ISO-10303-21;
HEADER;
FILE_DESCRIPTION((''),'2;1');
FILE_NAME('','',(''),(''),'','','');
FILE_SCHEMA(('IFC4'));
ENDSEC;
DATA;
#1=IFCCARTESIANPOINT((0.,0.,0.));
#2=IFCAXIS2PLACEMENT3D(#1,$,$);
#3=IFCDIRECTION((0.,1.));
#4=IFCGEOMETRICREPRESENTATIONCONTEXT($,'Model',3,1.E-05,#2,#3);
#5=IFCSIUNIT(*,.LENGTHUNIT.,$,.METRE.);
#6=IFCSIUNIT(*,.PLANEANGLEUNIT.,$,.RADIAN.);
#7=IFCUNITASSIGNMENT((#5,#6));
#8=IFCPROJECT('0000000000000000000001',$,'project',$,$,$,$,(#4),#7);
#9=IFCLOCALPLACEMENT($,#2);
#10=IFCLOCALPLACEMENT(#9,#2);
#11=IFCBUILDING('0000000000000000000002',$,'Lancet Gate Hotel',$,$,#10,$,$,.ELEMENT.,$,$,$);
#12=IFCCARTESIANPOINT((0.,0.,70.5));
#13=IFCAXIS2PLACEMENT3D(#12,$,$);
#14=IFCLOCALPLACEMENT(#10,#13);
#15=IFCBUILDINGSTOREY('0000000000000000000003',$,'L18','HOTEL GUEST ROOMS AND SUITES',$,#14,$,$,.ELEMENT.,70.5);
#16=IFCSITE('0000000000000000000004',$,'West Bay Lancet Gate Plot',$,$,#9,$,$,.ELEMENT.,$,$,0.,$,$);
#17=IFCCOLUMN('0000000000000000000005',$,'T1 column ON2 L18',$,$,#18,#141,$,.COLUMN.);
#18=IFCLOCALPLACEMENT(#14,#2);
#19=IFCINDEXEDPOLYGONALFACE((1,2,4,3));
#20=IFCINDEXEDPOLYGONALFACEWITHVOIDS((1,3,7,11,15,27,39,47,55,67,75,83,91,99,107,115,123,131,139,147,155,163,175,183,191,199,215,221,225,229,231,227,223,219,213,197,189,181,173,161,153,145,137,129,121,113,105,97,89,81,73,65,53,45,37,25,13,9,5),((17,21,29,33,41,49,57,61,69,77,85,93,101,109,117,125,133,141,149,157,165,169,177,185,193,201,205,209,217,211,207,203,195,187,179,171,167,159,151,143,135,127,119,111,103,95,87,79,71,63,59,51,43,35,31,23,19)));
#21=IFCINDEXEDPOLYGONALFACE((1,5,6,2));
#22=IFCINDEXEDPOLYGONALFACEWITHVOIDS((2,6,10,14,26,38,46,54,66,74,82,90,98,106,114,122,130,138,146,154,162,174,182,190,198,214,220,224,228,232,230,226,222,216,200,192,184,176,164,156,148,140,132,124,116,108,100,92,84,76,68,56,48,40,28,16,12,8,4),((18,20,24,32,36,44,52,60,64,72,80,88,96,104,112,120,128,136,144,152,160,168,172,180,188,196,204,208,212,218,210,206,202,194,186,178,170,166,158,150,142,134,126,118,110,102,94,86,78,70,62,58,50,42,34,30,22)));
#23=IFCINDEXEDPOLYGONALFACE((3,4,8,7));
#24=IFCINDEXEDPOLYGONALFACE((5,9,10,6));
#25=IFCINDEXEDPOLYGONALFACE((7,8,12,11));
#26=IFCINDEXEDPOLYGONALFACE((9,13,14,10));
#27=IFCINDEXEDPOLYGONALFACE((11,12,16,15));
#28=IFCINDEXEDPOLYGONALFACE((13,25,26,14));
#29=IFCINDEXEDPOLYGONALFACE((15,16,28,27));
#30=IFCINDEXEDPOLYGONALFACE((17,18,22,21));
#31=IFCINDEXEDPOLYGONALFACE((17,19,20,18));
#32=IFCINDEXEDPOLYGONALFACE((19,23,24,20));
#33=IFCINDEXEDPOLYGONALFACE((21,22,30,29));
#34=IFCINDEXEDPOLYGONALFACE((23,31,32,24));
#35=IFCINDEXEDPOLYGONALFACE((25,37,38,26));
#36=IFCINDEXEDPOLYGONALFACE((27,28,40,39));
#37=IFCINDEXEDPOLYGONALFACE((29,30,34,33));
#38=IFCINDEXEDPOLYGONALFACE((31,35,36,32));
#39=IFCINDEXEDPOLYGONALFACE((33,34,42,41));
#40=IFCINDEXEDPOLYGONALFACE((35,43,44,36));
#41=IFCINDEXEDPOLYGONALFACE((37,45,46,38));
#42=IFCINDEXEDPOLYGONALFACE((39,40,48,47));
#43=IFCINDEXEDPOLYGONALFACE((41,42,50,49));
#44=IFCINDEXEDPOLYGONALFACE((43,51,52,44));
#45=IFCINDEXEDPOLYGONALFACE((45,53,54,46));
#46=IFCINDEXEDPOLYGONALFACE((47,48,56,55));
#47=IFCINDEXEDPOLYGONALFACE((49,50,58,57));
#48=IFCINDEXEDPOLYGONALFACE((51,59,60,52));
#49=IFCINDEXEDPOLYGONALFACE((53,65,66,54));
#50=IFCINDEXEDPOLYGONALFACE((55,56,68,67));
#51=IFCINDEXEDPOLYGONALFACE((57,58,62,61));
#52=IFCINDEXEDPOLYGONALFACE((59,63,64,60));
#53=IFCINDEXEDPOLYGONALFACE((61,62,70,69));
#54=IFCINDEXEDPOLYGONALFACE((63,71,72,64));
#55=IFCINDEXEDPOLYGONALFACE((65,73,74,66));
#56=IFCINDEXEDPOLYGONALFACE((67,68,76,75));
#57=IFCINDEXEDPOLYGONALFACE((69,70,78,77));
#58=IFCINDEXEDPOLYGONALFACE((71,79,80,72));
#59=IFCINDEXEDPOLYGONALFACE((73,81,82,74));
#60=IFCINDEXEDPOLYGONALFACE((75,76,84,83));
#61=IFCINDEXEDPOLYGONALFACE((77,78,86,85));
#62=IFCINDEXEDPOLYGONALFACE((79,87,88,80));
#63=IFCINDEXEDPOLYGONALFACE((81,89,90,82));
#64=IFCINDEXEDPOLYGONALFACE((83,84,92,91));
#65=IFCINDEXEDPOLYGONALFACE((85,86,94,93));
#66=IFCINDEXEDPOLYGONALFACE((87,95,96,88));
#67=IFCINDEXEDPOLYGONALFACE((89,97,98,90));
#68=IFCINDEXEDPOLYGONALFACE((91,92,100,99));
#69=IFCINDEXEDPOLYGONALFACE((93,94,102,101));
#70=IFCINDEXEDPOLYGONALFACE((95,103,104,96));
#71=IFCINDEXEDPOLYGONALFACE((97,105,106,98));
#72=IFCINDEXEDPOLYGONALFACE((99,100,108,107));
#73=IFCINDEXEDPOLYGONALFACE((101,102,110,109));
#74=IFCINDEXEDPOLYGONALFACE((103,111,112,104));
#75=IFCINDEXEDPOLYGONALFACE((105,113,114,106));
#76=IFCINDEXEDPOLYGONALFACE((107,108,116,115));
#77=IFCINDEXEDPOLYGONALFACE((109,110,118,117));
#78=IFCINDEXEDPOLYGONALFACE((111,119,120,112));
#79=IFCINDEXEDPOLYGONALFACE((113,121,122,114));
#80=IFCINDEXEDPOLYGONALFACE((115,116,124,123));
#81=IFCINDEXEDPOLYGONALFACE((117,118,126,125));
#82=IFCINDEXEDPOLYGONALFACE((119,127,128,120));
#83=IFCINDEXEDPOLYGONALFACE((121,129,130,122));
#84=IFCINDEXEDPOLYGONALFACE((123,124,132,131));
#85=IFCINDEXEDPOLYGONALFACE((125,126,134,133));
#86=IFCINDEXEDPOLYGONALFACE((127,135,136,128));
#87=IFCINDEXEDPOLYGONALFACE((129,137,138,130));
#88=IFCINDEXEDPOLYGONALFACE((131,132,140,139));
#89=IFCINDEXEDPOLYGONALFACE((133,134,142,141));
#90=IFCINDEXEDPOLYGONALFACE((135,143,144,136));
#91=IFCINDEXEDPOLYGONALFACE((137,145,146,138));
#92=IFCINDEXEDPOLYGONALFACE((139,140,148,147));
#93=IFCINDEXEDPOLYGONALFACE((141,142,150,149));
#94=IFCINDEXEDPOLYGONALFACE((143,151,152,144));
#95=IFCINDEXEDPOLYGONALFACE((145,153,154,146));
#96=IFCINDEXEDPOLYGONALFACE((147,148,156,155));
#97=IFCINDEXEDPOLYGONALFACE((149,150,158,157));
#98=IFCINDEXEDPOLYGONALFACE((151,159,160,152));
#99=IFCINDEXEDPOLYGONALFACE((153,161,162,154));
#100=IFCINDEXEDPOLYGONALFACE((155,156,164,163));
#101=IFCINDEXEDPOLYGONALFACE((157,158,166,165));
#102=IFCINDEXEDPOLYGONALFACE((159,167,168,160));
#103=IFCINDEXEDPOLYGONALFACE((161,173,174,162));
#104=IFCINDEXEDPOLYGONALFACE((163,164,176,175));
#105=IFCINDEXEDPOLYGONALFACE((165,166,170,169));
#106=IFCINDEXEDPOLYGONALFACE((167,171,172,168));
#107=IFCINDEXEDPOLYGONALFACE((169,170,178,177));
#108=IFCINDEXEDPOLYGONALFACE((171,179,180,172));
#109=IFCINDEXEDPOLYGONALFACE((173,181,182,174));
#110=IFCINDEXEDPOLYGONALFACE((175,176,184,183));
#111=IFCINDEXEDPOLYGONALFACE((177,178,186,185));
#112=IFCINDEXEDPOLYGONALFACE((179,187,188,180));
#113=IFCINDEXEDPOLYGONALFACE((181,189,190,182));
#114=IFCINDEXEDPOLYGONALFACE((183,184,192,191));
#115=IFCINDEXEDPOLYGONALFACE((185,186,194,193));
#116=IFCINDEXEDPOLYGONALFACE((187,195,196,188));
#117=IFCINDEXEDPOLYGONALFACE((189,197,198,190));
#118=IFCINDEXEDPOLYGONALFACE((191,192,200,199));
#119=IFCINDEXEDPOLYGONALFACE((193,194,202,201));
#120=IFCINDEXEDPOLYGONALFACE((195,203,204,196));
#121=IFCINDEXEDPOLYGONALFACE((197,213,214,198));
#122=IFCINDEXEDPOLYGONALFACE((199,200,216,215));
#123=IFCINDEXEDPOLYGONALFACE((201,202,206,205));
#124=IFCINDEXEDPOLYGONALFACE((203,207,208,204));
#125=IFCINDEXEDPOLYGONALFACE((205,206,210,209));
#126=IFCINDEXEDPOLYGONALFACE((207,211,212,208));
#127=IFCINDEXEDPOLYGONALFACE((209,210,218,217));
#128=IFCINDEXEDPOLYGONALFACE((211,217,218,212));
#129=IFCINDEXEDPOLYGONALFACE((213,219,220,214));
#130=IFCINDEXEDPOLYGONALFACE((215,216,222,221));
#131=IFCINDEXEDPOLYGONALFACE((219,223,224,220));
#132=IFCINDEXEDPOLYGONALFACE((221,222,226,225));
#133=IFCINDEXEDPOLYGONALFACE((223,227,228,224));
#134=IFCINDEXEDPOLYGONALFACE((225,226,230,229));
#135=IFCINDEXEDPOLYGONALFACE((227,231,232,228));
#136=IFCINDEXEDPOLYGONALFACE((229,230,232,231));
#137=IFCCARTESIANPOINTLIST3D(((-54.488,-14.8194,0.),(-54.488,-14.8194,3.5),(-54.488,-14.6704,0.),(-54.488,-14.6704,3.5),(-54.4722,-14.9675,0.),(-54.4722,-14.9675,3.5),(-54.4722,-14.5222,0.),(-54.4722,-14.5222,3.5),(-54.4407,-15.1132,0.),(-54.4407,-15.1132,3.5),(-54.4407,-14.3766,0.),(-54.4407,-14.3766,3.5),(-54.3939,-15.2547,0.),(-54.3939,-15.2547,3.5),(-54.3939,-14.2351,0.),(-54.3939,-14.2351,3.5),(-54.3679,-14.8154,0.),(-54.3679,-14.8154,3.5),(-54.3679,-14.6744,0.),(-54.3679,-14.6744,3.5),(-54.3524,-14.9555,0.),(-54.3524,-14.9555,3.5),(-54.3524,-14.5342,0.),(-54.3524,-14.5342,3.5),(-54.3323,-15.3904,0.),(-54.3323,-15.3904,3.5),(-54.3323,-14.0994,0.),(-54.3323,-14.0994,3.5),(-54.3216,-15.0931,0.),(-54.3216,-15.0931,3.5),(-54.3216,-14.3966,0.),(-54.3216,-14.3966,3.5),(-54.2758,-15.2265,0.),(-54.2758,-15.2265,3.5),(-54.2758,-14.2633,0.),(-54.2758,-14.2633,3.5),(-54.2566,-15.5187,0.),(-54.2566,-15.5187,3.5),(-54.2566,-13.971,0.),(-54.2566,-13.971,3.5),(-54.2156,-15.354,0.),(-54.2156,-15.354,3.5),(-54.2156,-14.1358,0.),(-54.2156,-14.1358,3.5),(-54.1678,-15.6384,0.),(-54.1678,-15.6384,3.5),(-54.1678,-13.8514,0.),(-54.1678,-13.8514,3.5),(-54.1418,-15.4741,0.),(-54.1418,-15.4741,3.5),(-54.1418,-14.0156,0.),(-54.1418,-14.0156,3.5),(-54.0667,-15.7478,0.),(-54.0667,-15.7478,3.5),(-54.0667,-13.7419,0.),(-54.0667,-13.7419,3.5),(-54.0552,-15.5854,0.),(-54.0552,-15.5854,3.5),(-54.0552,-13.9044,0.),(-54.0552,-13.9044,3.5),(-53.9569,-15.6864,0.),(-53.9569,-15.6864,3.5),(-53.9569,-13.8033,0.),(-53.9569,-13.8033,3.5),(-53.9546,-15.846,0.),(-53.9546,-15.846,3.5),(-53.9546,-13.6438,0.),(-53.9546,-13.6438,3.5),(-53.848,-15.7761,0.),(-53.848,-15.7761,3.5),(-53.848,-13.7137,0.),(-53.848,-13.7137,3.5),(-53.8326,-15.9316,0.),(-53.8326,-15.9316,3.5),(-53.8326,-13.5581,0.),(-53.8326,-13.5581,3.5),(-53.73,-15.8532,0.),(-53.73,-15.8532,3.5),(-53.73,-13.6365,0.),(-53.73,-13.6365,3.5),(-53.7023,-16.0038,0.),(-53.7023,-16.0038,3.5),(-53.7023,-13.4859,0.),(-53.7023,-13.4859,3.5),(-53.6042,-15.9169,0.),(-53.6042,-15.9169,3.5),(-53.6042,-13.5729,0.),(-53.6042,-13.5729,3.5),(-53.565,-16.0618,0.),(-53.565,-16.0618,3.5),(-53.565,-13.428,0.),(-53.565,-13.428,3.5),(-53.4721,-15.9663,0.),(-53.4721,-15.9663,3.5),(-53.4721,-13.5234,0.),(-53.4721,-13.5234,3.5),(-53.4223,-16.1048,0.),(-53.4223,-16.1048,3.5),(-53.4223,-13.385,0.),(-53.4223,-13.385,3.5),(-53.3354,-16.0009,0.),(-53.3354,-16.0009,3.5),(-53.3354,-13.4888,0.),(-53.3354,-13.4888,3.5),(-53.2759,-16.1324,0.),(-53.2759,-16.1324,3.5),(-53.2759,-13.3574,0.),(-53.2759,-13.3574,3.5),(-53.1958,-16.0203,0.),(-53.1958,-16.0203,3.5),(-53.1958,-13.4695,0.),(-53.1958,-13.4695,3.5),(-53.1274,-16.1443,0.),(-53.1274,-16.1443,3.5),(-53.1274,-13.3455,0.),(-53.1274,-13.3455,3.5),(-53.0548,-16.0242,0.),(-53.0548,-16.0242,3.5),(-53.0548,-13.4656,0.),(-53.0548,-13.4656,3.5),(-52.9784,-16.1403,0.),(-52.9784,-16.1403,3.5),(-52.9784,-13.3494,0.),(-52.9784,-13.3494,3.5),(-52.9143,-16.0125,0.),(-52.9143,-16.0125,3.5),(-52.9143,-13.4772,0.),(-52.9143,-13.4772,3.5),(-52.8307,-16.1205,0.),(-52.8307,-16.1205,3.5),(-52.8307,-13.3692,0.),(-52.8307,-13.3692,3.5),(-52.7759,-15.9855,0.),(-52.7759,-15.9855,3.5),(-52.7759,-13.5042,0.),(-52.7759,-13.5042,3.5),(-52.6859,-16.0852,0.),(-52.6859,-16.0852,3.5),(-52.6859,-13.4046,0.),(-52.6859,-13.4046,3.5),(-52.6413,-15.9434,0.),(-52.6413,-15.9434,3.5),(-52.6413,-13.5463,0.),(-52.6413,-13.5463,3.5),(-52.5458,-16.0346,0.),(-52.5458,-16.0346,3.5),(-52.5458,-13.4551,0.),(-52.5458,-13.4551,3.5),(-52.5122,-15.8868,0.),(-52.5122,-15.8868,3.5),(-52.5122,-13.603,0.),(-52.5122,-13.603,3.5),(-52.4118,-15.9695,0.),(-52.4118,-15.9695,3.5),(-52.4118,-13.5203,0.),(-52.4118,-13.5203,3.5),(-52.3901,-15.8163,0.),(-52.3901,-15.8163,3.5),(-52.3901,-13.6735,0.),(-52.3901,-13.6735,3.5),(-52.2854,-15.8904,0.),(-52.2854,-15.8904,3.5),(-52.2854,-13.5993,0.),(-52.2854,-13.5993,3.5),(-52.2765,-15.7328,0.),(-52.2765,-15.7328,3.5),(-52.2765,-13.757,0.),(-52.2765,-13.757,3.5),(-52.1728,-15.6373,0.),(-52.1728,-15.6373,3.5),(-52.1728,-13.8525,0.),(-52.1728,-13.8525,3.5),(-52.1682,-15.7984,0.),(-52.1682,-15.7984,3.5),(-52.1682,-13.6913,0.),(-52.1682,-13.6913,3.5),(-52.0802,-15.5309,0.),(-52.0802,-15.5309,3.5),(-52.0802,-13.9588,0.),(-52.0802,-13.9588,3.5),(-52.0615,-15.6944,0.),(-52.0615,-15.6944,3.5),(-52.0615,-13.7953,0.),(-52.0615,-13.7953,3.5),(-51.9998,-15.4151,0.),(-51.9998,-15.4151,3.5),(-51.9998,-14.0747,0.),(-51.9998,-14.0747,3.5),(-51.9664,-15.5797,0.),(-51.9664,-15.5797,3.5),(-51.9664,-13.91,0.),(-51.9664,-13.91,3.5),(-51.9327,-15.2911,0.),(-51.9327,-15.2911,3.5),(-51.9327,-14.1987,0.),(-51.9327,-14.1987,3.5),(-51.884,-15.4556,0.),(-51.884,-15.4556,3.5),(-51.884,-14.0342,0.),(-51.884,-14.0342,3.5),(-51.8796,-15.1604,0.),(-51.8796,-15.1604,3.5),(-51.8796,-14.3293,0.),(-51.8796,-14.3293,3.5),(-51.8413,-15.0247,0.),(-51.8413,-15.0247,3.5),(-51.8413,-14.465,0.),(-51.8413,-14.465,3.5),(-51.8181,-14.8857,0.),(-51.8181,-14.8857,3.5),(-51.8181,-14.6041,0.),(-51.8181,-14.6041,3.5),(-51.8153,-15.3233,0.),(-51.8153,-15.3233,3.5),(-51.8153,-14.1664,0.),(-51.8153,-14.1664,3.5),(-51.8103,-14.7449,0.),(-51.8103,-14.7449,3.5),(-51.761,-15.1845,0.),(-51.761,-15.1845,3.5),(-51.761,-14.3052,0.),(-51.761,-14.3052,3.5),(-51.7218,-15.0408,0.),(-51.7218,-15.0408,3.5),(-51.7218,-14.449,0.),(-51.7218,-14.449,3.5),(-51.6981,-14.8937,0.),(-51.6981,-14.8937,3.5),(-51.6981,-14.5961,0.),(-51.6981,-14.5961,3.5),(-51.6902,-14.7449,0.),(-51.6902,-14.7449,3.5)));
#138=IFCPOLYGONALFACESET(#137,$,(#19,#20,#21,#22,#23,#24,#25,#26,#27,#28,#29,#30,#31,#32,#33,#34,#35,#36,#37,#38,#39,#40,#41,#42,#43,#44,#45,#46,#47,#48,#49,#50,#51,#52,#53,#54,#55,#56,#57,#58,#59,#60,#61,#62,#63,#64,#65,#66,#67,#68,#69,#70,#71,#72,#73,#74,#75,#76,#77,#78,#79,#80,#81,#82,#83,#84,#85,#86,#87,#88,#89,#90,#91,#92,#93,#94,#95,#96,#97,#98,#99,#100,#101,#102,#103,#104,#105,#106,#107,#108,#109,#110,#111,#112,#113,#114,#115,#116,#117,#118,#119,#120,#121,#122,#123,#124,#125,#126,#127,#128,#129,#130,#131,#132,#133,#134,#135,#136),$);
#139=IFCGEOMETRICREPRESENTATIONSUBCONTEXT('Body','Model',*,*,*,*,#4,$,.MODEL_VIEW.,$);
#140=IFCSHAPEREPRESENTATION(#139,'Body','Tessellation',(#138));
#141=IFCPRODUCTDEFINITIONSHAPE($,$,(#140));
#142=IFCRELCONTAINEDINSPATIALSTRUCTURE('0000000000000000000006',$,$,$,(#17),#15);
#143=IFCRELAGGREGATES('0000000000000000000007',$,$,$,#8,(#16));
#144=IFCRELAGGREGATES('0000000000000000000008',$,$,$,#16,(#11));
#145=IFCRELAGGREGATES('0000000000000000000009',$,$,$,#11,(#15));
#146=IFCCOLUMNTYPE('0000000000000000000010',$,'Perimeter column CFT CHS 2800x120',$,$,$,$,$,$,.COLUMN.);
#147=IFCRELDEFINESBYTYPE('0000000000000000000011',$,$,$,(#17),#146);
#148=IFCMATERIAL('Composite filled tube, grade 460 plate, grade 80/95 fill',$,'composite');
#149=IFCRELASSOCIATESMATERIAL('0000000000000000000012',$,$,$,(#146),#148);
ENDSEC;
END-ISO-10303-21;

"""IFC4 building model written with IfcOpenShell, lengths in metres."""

from ifc_helpers import new_model, si_unit, direction, frame, origin, origin_2d, place, context, subcontext, project, spatial, hollow_circle, extrude, material, material_profile, profile_set, type_object, element, save


model = new_model("IFC4")

# Units and contexts
model_context = context("Model", 3, precision=1e-05, world=origin(), true_north=direction((0.0, 1.0)))
body_context = subcontext(model_context, "Body", "Model", "MODEL_VIEW")
ifc_project = project(units=[si_unit("LENGTHUNIT", "METRE"), si_unit("PLANEANGLEUNIT", "RADIAN")], contexts=[model_context])

# Site, building, storey
site_placement = place(None, origin())
site = spatial("IfcSite", under=ifc_project, at=site_placement, Name="West Bay Lancet Gate Plot", CompositionType="ELEMENT", RefElevation=0.0)
building_placement = place(site_placement, origin())
building = spatial("IfcBuilding", under=site, at=building_placement, Name="Lancet Gate Hotel", CompositionType="ELEMENT")
storey_placement = place(building_placement, frame((0.0, 0.0, 70.5)))
storey = spatial("IfcBuildingStorey", under=building, at=storey_placement, Name="L18", Description="HOTEL GUEST ROOMS AND SUITES", CompositionType="ELEMENT", Elevation=70.5)

# Column
ifc_material_1 = material(Name="Composite filled tube, grade 460 plate, grade 80/95 fill", Category="composite")
ifc_material_profile_1 = material_profile(ifc_material_1, hollow_circle(Radius=1.3999, WallThickness=0.1201, at=origin_2d()), Name="CHS 2800x120")
ifc_profile_set_1 = profile_set([ifc_material_profile_1], Name="Composite filled tube, grade 460 plate, grade 80/95 fill")
column_type = type_object("IfcColumnType", Name="Perimeter column CFT CHS 2800x120", PredefinedType="COLUMN", material=ifc_profile_set_1)
for number, where, z_axis, x_axis, name in (
    (1, (-53.0901, -14.7449, 0.0), (0.0, 0.0, 1.0), (1.0, 0.0, 0.0), "T1 column ON2 L18"),
):
    element("IfcColumn", number, at=place(storey_placement, frame(where, z_axis=z_axis, x_axis=x_axis)), inside=storey, type_object=column_type, Name=name, PredefinedType="COLUMN", context=body_context, shape_type="SweptSolid", body=[
        extrude(hollow_circle(Radius=1.3999, WallThickness=0.1201, at=origin_2d()), origin(), (0.0, 0.0, 1.0), 3.5),
    ])

save(model, "model.ifc")
